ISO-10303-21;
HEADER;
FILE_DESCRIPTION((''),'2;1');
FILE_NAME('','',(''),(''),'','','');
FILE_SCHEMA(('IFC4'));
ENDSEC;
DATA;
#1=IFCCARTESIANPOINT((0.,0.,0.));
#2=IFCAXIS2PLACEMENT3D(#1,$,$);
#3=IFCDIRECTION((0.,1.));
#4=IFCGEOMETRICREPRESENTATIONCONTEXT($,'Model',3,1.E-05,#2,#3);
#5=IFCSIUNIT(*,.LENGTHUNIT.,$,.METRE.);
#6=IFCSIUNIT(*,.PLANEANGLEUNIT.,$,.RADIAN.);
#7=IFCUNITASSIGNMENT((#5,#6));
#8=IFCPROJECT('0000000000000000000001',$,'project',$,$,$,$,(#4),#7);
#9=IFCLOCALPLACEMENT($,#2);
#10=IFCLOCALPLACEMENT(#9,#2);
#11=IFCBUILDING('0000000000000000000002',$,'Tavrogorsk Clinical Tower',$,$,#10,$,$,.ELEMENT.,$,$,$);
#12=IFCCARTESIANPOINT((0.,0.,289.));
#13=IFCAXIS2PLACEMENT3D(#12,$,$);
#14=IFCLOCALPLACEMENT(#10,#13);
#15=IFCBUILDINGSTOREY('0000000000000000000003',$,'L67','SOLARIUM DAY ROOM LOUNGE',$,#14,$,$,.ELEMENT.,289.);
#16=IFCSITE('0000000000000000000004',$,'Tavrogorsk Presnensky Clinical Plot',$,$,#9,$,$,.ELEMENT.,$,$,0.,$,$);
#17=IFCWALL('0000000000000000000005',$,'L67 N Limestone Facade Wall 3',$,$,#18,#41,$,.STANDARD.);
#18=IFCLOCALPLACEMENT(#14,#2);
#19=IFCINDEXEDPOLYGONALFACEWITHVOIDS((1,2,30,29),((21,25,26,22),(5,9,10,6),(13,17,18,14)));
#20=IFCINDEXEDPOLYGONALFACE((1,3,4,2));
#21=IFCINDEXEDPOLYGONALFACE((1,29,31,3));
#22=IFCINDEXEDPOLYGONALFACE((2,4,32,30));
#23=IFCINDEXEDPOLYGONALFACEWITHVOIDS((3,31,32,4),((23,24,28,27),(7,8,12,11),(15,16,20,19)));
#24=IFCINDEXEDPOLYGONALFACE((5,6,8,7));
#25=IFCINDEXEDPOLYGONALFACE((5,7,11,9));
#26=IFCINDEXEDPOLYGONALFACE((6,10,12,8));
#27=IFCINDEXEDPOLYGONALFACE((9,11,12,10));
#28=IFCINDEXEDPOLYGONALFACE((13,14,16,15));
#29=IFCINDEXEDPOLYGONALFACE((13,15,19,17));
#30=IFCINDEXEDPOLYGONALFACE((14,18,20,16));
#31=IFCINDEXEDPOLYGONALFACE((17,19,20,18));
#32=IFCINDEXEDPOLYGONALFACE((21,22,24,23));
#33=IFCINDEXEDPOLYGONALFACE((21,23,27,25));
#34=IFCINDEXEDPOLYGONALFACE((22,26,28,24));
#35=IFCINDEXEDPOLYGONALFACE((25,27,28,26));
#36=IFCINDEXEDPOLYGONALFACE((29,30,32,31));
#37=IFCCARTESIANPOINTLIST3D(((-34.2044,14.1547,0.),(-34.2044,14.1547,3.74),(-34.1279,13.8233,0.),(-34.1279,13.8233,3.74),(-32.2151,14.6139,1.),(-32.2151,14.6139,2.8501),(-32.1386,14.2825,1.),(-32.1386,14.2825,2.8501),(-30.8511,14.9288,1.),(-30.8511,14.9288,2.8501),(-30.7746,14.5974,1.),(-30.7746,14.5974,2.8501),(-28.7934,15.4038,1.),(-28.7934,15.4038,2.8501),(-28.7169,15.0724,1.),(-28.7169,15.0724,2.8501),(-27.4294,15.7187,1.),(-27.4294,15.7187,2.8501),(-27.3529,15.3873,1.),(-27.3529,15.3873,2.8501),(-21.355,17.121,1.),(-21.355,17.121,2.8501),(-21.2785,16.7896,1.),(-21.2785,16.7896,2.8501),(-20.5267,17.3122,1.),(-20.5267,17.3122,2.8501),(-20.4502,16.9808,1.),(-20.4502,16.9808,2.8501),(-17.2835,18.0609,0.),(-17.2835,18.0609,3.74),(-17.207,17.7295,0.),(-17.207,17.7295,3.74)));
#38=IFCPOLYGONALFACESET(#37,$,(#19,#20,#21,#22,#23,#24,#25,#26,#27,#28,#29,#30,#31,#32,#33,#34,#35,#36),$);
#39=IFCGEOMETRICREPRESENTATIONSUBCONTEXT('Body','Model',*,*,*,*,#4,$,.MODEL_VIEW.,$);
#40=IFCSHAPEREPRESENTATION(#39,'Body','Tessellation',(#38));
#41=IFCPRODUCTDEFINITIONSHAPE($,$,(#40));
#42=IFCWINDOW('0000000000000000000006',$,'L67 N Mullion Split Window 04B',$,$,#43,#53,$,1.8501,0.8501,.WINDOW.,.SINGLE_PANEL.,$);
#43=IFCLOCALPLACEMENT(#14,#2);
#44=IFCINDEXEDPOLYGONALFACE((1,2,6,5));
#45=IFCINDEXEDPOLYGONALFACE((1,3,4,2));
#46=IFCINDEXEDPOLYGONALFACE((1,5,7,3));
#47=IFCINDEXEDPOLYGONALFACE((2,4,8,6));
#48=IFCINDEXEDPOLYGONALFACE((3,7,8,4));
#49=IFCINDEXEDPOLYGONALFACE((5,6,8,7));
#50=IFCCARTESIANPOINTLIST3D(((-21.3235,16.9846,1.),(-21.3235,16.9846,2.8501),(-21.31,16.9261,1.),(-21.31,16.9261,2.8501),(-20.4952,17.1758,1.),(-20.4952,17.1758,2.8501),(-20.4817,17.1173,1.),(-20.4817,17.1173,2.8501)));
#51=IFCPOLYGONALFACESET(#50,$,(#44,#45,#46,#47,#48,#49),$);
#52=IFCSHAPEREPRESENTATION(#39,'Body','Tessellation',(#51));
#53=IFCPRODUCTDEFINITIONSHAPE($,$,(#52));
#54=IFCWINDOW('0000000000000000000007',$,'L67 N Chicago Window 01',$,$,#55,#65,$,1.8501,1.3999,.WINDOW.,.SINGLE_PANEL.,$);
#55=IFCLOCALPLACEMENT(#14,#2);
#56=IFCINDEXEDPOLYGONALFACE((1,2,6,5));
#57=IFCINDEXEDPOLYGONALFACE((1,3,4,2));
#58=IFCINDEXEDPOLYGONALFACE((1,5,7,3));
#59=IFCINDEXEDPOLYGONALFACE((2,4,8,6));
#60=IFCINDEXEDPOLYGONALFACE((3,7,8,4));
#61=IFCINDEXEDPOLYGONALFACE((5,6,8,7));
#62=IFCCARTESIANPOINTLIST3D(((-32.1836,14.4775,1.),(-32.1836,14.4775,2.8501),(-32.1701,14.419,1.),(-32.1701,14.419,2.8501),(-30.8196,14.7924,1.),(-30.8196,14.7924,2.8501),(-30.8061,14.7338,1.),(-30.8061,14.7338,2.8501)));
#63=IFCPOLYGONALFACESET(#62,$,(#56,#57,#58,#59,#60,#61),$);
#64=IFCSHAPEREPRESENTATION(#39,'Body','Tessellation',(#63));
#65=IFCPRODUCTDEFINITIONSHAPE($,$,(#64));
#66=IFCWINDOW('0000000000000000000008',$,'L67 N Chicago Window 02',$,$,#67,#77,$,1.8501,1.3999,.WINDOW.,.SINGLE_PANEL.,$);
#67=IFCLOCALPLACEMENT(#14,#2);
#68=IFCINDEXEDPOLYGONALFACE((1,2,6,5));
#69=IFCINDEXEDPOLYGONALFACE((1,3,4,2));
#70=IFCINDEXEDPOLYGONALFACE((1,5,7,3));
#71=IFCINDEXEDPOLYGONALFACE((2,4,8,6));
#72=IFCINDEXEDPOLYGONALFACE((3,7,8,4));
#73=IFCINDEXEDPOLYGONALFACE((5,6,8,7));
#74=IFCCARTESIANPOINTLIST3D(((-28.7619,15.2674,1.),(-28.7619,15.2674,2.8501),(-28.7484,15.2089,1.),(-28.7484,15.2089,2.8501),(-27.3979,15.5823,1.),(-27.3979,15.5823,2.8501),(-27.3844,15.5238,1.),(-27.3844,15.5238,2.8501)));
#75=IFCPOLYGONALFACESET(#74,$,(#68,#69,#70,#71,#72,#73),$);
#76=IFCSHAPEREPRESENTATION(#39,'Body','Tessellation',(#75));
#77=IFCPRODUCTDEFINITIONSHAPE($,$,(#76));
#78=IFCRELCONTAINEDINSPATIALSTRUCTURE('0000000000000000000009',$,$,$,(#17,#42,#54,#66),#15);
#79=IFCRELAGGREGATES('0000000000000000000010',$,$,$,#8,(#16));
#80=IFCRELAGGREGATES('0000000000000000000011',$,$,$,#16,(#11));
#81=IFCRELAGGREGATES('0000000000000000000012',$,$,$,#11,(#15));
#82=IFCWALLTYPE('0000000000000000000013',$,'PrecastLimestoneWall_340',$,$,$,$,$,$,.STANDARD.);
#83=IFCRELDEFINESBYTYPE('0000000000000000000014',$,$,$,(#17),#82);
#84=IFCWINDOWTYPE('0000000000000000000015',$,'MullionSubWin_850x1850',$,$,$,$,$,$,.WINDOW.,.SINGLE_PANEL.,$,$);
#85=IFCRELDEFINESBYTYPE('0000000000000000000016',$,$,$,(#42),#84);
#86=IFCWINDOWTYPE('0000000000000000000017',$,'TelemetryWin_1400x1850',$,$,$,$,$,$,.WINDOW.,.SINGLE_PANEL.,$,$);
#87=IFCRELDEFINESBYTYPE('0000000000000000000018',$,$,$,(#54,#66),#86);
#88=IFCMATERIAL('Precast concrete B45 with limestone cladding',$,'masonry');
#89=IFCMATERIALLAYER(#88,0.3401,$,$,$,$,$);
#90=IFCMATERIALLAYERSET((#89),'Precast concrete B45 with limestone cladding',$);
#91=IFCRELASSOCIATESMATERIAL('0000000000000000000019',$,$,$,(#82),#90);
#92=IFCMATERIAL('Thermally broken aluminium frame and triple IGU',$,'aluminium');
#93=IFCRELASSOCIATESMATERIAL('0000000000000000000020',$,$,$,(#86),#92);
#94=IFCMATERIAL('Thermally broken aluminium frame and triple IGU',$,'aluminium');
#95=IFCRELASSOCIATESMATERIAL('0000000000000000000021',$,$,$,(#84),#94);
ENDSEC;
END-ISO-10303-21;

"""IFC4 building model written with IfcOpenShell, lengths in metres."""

from ifc_helpers import new_model, si_unit, direction, frame, frame_2d, origin, place, context, subcontext, project, spatial, rectangle, extrude, material, layer, layer_set, type_object, element, fill, save


model = new_model("IFC4")

# Units and contexts
model_context = context("Model", 3, precision=1e-05, world=origin(), true_north=direction((0.0, 1.0)))
body_context = subcontext(model_context, "Body", "Model", "MODEL_VIEW")
ifc_project = project(units=[si_unit("LENGTHUNIT", "METRE"), si_unit("PLANEANGLEUNIT", "RADIAN")], contexts=[model_context])

# Site, building, storey
site_placement = place(None, origin())
site = spatial("IfcSite", under=ifc_project, at=site_placement, Name="Tavrogorsk Presnensky Clinical Plot", CompositionType="ELEMENT", RefElevation=0.0)
building_placement = place(site_placement, origin())
building = spatial("IfcBuilding", under=site, at=building_placement, Name="Tavrogorsk Clinical Tower", CompositionType="ELEMENT")
storey_placement = place(building_placement, frame((0.0, 0.0, 289.0)))
storey = spatial("IfcBuildingStorey", under=building, at=storey_placement, Name="L67", Description="SOLARIUM DAY ROOM LOUNGE", CompositionType="ELEMENT", Elevation=289.0)

# Shared definitions
ifc_material_1 = material(Name="Precast concrete B45 with limestone cladding", Category="masonry")
ifc_layer_1 = layer(ifc_material_1, 0.3401)
ifc_layer_set_1 = layer_set([ifc_layer_1], Name="Precast concrete B45 with limestone cladding")
wall_type_1 = type_object("IfcWallType", Name="PrecastLimestoneWall_340", PredefinedType="STANDARD", material=ifc_layer_set_1)
ifc_material_2 = material(Name="Thermally broken aluminium frame and triple IGU", Category="aluminium")
window_type_1 = type_object("IfcWindowType", Name="TelemetryWin_1400x1850", PartitioningType="SINGLE_PANEL", PredefinedType="WINDOW", material=ifc_material_2)

# Wall, openings, windows
wall_1_placement = place(storey_placement, frame((-17.2451, 17.8953, 0.0), z_axis=(0.0, 0.0, 1.0), x_axis=(-0.974373, -0.224938, 0.0)))
wall_1 = element("IfcWall", 1, at=wall_1_placement, inside=storey, type_object=wall_type_1, Name="L67 N Limestone Facade Wall 3", PredefinedType="STANDARD", context=body_context, shape_type="SweptSolid", body=[
    extrude(rectangle(XDim=17.366, YDim=0.3401, at=frame_2d((8.6831, 0.0))), origin(), (0.0, 0.0, 1.0), 3.74),
])
opening_1_placement = place(wall_1_placement, frame((13.9246, 0.0, 1.0)))
opening_1 = element("IfcOpeningElement", 2, at=opening_1_placement, cuts=wall_1, PredefinedType="OPENING", context=body_context, shape_type="SweptSolid", body=[
    extrude(rectangle(XDim=1.3999, YDim=1.8501, at=frame_2d((0.7, 0.925))), frame((0.0, 0.1799, 0.0), z_axis=(0.0, -1.0, 0.0), x_axis=(1.0, 0.0, 0.0)), (0.0, 0.0, 1.0), 0.3601),
])
opening_2_placement = place(wall_1_placement, frame((10.4128, 0.0, 1.0)))
opening_2 = element("IfcOpeningElement", 3, at=opening_2_placement, cuts=wall_1, PredefinedType="OPENING", context=body_context, shape_type="SweptSolid", body=[
    extrude(rectangle(XDim=1.3999, YDim=1.8501, at=frame_2d((0.7, 0.925))), frame((0.0, 0.1799, 0.0), z_axis=(0.0, -1.0, 0.0), x_axis=(1.0, 0.0, 0.0)), (0.0, 0.0, 1.0), 0.3601),
])
opening_3_placement = place(wall_1_placement, frame((3.3286, 0.0, 1.0)))
opening_3 = element("IfcOpeningElement", 4, at=opening_3_placement, cuts=wall_1, PredefinedType="OPENING", context=body_context, shape_type="SweptSolid", body=[
    extrude(rectangle(XDim=0.8501, YDim=1.8501, at=frame_2d((0.425, 0.925))), frame((0.0, 0.1799, 0.0), z_axis=(0.0, -1.0, 0.0), x_axis=(1.0, 0.0, 0.0)), (0.0, 0.0, 1.0), 0.3601),
])
ifc_material_3 = material(Name="Thermally broken aluminium frame and triple IGU", Category="aluminium")
window_type_2 = type_object("IfcWindowType", Name="MullionSubWin_850x1850", PartitioningType="SINGLE_PANEL", PredefinedType="WINDOW", material=ifc_material_3)
window_1_placement = place(opening_3_placement, origin())
window_1 = element("IfcWindow", 5, at=window_1_placement, inside=storey, type_object=window_type_2, Name="L67 N Mullion Split Window 04B", OverallHeight=1.8501, OverallWidth=0.8501, PartitioningType="SINGLE_PANEL", PredefinedType="WINDOW", context=body_context, shape_type="SweptSolid", body=[
    extrude(rectangle(XDim=0.8501, YDim=1.8501, at=frame_2d((0.425, 0.925))), frame((0.0, 0.03, 0.0), z_axis=(0.0, -1.0, 0.0), x_axis=(1.0, 0.0, 0.0)), (0.0, 0.0, 1.0), 0.0601),
])
fill(opening_3, window_1)
window_2_placement = place(opening_1_placement, origin())
window_2 = element("IfcWindow", 6, at=window_2_placement, inside=storey, type_object=window_type_1, Name="L67 N Chicago Window 01", OverallHeight=1.8501, OverallWidth=1.3999, PartitioningType="SINGLE_PANEL", PredefinedType="WINDOW", context=body_context, shape_type="SweptSolid", body=[
    extrude(rectangle(XDim=1.3999, YDim=1.8501, at=frame_2d((0.7, 0.925))), frame((0.0, 0.03, 0.0), z_axis=(0.0, -1.0, 0.0), x_axis=(1.0, 0.0, 0.0)), (0.0, 0.0, 1.0), 0.0601),
])
fill(opening_1, window_2)
window_3_placement = place(opening_2_placement, origin())
window_3 = element("IfcWindow", 7, at=window_3_placement, inside=storey, type_object=window_type_1, Name="L67 N Chicago Window 02", OverallHeight=1.8501, OverallWidth=1.3999, PartitioningType="SINGLE_PANEL", PredefinedType="WINDOW", context=body_context, shape_type="SweptSolid", body=[
    extrude(rectangle(XDim=1.3999, YDim=1.8501, at=frame_2d((0.7, 0.925))), frame((0.0, 0.03, 0.0), z_axis=(0.0, -1.0, 0.0), x_axis=(1.0, 0.0, 0.0)), (0.0, 0.0, 1.0), 0.0601),
])
fill(opening_2, window_3)

save(model, "model.ifc")
